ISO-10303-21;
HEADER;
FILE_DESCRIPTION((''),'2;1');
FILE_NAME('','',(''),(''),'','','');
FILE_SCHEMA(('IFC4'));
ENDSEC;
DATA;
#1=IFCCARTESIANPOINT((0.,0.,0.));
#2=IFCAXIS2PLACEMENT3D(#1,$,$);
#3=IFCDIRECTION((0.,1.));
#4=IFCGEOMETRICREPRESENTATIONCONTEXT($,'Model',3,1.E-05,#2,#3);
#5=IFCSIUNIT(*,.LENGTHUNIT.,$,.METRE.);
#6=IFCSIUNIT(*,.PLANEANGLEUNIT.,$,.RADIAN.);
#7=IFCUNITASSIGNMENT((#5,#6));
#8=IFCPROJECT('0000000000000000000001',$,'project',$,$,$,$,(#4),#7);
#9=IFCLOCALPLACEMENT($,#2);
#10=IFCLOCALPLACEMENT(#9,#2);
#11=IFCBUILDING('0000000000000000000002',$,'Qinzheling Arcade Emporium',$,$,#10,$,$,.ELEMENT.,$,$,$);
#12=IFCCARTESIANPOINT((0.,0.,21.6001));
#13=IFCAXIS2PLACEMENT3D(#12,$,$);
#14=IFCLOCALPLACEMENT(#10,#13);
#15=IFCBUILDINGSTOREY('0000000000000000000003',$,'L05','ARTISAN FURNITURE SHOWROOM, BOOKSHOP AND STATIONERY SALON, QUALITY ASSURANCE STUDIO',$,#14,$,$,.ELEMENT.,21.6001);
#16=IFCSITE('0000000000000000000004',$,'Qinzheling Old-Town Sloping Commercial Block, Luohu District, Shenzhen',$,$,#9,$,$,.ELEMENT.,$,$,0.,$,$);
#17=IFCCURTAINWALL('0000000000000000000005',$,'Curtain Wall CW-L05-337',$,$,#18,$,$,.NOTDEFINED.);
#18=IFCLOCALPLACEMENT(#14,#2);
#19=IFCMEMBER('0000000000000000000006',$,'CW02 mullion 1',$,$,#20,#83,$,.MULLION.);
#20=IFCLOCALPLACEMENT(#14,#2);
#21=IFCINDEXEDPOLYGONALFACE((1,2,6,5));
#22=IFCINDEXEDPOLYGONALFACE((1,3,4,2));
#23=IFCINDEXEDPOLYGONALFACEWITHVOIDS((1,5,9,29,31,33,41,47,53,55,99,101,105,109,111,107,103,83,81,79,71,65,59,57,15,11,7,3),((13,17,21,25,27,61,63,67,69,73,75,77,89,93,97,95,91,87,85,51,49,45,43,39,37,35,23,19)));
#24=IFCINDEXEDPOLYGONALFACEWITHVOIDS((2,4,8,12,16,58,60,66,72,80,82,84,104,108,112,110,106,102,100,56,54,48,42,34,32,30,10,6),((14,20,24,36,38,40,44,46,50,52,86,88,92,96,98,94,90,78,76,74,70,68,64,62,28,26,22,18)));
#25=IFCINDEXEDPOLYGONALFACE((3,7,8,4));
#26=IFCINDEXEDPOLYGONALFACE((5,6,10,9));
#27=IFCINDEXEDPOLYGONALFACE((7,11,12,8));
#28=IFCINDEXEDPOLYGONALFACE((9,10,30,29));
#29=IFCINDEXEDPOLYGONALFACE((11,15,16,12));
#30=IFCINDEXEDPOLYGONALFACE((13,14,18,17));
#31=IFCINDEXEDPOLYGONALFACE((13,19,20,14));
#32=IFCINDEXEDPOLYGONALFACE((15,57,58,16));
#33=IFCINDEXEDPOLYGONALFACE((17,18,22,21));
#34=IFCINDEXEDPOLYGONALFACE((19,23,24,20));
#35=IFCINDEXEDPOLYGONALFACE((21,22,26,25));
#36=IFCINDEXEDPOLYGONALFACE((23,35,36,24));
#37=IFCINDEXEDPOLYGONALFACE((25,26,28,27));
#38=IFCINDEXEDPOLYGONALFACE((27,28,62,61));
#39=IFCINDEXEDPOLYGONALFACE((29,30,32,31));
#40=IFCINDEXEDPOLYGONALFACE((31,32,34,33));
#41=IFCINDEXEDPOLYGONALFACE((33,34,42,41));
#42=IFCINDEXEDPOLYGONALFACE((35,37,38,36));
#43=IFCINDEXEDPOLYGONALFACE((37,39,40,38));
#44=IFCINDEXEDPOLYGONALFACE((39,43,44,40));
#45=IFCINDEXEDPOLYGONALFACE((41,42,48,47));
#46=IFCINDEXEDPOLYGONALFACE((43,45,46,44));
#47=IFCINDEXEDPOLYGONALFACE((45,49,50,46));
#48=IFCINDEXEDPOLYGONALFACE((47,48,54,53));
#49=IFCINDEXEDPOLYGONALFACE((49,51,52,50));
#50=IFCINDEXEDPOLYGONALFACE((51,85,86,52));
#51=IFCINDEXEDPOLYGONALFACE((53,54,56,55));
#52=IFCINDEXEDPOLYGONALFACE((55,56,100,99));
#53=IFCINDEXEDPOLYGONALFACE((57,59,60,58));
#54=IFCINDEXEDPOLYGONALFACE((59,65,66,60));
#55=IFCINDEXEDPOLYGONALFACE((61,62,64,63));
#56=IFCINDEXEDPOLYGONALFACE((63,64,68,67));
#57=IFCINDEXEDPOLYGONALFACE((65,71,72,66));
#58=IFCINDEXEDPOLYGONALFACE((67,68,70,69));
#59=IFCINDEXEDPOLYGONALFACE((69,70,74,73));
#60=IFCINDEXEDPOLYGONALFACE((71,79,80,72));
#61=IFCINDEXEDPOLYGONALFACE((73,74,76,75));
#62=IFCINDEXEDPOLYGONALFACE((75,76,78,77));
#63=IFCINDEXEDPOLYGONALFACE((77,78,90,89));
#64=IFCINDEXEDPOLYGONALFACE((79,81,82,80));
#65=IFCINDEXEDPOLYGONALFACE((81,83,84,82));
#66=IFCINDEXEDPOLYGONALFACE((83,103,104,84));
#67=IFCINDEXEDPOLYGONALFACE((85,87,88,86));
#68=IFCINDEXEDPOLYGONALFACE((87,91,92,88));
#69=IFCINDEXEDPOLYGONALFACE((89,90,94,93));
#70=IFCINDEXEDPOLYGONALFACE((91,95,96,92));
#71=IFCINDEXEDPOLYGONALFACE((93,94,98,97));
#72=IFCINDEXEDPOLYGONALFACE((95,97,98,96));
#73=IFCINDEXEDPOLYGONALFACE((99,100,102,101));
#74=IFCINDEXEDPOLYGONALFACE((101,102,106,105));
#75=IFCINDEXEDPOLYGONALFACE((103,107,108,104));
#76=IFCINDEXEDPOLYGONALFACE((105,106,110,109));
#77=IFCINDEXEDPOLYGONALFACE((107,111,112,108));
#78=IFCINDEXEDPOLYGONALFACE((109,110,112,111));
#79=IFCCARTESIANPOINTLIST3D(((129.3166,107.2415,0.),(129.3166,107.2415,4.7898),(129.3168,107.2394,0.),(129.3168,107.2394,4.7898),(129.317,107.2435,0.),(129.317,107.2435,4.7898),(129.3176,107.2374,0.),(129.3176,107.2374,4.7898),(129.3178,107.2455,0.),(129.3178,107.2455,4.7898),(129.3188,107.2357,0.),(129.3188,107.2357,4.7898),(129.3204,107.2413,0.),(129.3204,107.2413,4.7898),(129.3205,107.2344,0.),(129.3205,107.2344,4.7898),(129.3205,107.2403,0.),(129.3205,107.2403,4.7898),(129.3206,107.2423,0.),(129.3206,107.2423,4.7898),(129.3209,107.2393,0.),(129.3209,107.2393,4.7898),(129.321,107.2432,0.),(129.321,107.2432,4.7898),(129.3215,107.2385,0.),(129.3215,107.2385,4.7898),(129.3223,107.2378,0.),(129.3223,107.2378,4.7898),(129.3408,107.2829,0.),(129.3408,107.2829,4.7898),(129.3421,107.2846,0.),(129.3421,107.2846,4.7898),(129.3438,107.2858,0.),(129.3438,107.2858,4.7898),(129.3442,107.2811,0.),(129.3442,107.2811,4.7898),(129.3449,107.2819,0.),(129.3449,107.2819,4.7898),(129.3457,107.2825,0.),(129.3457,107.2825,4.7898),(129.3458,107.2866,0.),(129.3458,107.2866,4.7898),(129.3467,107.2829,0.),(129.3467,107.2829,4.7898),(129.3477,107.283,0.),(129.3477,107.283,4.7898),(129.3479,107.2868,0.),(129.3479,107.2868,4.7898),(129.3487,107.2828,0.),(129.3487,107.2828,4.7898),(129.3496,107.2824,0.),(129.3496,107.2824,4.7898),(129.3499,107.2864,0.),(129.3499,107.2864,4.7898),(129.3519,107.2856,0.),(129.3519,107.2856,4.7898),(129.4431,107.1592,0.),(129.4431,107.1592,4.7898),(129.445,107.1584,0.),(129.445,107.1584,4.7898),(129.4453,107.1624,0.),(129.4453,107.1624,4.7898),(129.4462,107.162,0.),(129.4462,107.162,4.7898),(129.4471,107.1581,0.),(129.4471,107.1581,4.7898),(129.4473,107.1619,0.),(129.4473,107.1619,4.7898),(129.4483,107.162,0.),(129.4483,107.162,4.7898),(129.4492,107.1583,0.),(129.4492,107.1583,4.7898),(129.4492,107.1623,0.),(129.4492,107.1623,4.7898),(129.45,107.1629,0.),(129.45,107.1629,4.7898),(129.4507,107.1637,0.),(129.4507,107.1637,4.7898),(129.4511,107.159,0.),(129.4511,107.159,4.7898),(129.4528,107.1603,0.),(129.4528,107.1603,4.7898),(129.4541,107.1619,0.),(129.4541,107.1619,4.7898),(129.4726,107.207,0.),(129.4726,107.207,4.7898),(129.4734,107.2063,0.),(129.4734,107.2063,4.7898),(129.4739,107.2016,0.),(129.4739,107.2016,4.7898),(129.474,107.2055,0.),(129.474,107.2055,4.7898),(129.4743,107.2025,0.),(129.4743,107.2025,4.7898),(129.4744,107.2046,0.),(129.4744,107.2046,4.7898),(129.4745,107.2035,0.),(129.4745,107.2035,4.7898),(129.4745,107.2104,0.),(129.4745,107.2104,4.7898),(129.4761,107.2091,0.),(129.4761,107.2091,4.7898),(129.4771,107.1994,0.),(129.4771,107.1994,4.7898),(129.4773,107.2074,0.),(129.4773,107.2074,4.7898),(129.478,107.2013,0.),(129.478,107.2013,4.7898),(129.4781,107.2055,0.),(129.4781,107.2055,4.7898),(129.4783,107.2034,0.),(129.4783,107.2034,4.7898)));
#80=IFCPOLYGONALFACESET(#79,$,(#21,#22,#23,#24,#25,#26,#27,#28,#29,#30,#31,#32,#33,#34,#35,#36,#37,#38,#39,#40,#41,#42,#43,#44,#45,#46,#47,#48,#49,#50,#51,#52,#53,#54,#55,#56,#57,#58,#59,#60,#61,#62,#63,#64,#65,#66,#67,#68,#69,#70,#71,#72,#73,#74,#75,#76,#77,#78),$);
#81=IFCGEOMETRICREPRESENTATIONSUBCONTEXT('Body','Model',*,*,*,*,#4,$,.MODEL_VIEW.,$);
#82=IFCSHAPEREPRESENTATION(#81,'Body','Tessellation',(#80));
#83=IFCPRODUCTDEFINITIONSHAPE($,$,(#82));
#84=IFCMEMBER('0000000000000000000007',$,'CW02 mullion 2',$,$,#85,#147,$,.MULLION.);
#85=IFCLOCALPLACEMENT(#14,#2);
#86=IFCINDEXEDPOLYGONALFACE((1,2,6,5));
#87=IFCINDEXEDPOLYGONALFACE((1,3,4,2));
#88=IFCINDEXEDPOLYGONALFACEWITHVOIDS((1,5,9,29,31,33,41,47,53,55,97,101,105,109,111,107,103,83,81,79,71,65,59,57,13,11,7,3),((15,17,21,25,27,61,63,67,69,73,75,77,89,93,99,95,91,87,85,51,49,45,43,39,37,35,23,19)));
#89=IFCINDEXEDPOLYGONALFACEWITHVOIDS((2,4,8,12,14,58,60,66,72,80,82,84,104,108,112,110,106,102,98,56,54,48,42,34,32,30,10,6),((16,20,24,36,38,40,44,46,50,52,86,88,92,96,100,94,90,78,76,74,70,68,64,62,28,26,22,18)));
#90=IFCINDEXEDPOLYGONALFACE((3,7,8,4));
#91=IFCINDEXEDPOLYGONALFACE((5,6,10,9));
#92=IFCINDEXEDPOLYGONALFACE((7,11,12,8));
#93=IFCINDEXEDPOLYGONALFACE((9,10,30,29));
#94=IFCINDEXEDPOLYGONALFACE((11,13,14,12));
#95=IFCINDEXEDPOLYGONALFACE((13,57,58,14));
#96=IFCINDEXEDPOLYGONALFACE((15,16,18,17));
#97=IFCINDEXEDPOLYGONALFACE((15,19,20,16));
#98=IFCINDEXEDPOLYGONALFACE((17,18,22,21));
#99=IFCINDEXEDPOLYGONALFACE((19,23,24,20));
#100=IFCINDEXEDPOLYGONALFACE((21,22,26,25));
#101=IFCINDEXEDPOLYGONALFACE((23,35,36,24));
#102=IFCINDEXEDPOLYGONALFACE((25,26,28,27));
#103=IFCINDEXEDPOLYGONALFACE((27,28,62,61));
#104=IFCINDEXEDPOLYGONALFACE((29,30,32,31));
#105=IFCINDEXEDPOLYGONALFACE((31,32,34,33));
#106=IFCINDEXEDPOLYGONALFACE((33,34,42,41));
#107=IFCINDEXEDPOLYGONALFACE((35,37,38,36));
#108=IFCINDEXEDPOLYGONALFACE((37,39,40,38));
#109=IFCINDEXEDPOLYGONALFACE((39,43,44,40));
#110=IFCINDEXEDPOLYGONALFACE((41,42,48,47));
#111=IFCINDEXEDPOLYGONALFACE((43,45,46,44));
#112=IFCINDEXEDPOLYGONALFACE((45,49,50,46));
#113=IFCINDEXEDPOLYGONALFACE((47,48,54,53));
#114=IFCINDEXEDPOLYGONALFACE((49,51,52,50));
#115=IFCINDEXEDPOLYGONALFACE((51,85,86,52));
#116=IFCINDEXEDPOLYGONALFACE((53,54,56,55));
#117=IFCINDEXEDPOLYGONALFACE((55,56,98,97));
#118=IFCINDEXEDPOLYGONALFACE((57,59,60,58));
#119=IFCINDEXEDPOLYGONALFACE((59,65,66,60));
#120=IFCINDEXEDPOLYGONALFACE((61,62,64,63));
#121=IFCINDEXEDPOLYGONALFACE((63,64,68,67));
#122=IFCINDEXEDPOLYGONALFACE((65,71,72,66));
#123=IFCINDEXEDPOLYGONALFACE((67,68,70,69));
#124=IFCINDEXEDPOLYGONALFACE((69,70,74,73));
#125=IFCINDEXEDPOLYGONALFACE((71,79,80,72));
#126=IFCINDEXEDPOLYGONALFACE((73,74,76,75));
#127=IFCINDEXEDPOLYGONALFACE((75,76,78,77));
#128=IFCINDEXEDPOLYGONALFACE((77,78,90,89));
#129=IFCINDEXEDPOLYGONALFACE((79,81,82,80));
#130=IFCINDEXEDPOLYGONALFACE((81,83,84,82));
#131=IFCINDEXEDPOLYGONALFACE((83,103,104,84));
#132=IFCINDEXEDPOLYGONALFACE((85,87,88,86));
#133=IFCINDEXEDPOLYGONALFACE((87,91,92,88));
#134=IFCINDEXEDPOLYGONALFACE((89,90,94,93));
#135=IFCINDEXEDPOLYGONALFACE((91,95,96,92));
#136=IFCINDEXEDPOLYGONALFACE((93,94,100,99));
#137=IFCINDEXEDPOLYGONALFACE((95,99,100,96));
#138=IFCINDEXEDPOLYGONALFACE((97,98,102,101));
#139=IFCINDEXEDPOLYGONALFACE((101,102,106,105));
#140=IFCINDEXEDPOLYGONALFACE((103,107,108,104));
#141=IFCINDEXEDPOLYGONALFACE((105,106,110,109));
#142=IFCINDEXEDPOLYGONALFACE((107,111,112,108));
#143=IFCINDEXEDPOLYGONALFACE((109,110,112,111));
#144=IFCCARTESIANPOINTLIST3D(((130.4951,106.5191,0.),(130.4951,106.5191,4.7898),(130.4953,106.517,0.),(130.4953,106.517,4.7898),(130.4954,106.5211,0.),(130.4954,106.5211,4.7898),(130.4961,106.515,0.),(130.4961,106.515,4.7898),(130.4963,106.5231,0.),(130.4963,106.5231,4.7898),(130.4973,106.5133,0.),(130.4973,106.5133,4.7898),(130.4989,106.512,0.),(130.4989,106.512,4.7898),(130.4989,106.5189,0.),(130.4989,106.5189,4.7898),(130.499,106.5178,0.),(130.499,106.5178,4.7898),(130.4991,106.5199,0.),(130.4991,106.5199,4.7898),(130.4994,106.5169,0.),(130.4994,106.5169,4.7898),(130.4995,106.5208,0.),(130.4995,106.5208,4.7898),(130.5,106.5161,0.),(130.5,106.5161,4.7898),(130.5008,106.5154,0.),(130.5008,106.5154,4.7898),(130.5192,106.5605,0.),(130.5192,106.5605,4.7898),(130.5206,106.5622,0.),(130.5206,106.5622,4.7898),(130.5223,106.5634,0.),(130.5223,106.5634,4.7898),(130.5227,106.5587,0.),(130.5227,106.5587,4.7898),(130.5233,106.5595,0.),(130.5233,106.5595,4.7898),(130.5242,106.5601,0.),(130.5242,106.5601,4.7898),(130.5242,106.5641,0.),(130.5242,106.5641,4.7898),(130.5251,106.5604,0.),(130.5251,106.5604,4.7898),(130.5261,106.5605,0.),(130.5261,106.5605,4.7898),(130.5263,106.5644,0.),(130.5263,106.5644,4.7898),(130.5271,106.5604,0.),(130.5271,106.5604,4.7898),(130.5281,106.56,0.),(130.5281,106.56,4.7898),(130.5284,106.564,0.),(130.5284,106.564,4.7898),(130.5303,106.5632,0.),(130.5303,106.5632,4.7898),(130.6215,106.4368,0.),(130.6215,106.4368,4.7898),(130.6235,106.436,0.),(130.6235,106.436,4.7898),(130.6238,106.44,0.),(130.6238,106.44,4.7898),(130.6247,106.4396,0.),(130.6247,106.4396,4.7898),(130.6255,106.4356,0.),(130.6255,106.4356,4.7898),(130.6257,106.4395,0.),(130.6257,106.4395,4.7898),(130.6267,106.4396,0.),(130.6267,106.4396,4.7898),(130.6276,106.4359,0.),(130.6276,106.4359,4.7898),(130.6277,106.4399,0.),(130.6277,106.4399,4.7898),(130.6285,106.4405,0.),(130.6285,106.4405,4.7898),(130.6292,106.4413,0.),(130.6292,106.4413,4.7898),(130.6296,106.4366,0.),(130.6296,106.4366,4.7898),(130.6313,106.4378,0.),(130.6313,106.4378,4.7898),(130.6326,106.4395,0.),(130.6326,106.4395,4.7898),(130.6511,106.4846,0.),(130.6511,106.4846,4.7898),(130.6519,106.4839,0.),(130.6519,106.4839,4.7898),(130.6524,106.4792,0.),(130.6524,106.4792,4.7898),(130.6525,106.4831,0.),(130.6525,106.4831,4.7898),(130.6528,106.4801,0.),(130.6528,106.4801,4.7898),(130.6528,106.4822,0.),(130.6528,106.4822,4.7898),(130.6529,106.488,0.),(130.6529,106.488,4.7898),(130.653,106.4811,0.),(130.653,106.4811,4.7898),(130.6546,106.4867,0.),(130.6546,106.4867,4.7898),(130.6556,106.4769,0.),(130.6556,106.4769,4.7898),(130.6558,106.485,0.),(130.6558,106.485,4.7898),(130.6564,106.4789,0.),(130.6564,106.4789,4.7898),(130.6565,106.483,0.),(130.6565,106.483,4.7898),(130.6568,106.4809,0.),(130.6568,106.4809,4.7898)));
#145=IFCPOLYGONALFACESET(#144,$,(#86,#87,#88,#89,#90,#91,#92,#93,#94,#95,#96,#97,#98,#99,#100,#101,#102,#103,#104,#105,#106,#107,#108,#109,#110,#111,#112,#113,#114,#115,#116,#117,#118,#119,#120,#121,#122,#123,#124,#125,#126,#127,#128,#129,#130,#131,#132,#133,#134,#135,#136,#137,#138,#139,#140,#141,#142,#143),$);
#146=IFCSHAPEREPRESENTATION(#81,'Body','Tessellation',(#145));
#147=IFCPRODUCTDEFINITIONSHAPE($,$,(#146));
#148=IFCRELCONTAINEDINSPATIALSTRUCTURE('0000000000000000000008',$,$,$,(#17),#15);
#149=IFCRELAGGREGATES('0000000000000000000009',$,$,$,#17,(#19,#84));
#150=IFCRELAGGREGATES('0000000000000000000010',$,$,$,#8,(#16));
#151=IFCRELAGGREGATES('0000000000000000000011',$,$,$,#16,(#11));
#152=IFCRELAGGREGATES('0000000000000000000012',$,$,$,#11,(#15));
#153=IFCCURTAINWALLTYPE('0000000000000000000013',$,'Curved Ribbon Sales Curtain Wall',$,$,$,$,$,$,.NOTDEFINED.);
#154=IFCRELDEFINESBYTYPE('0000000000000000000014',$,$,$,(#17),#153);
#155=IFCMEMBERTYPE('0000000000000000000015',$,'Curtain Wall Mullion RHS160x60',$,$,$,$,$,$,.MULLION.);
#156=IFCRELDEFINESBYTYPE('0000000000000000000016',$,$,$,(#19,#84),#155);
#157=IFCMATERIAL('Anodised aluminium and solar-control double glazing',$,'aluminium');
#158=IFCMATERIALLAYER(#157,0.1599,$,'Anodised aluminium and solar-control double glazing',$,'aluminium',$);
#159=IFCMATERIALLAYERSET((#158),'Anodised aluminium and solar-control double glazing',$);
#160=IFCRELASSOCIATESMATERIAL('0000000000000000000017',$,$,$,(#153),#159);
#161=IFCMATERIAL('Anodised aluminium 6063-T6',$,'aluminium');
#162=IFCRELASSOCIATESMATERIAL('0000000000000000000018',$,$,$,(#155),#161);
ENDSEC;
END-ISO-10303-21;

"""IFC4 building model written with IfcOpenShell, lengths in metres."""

from ifc_helpers import new_model, si_unit, direction, frame, origin, origin_2d, place, context, subcontext, project, spatial, hollow_rectangle, extrude, material, layer, layer_set, material_profile, profile_set, type_object, element, aggregate, save


model = new_model("IFC4")

# Units and contexts
model_context = context("Model", 3, precision=1e-05, world=origin(), true_north=direction((0.0, 1.0)))
body_context = subcontext(model_context, "Body", "Model", "MODEL_VIEW")
ifc_project = project(units=[si_unit("LENGTHUNIT", "METRE"), si_unit("PLANEANGLEUNIT", "RADIAN")], contexts=[model_context])

# Site, building, storey
site_placement = place(None, origin())
site = spatial("IfcSite", under=ifc_project, at=site_placement, Name="Qinzheling Old-Town Sloping Commercial Block, Luohu District, Shenzhen", CompositionType="ELEMENT", RefElevation=0.0)
building_placement = place(site_placement, origin())
building = spatial("IfcBuilding", under=site, at=building_placement, Name="Qinzheling Arcade Emporium", CompositionType="ELEMENT")
storey_placement = place(building_placement, frame((0.0, 0.0, 21.6001)))
storey = spatial("IfcBuildingStorey", under=building, at=storey_placement, Name="L05", Description="ARTISAN FURNITURE SHOWROOM, BOOKSHOP AND STATIONERY SALON, QUALITY ASSURANCE STUDIO", CompositionType="ELEMENT", Elevation=21.6001)

# Shared definitions
ifc_material_1 = material(Name="Anodised aluminium and solar-control double glazing", Category="aluminium")
ifc_layer_1 = layer(ifc_material_1, 0.1599, Name="Anodised aluminium and solar-control double glazing", Category="aluminium")
ifc_layer_set_1 = layer_set([ifc_layer_1], Name="Anodised aluminium and solar-control double glazing")
curtain_wall_type = type_object("IfcCurtainWallType", Name="Curved Ribbon Sales Curtain Wall", PredefinedType="NOTDEFINED", material=ifc_layer_set_1)
ifc_material_2 = material(Name="Anodised aluminium 6063-T6", Category="aluminium")
ifc_material_profile_1 = material_profile(ifc_material_2, hollow_rectangle(XDim=0.0601, YDim=0.1599, WallThickness=0.0039, InnerFilletRadius=0.0039, OuterFilletRadius=0.0081, at=origin_2d()), Name="RHS 160x60x4", Category="aluminium")
ifc_profile_set_1 = profile_set([ifc_material_profile_1], Name="Anodised aluminium 6063-T6")
member_type_1 = type_object("IfcMemberType", Name="Curtain Wall Mullion RHS160x60", PredefinedType="MULLION", material=ifc_profile_set_1)

# Curtain wall, members
curtain_wall_1_placement = place(storey_placement, origin())
curtain_wall_1 = element("IfcCurtainWall", 1, at=curtain_wall_1_placement, inside=storey, type_object=curtain_wall_type, Name="Curtain Wall CW-L05-337", PredefinedType="NOTDEFINED")
member_1_placement = place(storey_placement, frame((129.3975, 107.2224, 0.0), z_axis=(0.0, 0.0, 1.0), x_axis=(0.522595, 0.852581, 0.0)))
member_1 = element("IfcMember", 2, at=member_1_placement, type_object=member_type_1, Name="CW02 mullion 1", PredefinedType="MULLION", context=body_context, shape_type="SweptSolid", body=[
    extrude(hollow_rectangle(XDim=0.0601, YDim=0.1599, WallThickness=0.0039, InnerFilletRadius=0.0039, OuterFilletRadius=0.0081, at=origin_2d()), origin(), (0.0, 0.0, 1.0), 4.7898),
])
member_2_placement = place(storey_placement, frame((130.5759, 106.5, 0.0), z_axis=(0.0, 0.0, 1.0), x_axis=(0.522595, 0.852581, 0.0)))
member_2 = element("IfcMember", 3, at=member_2_placement, type_object=member_type_1, Name="CW02 mullion 2", PredefinedType="MULLION", context=body_context, shape_type="SweptSolid", body=[
    extrude(hollow_rectangle(XDim=0.0601, YDim=0.1599, WallThickness=0.0039, InnerFilletRadius=0.0039, OuterFilletRadius=0.0081, at=origin_2d()), origin(), (0.0, 0.0, 1.0), 4.7898),
])

aggregate(curtain_wall_1, [member_1, member_2])

save(model, "model.ifc")
